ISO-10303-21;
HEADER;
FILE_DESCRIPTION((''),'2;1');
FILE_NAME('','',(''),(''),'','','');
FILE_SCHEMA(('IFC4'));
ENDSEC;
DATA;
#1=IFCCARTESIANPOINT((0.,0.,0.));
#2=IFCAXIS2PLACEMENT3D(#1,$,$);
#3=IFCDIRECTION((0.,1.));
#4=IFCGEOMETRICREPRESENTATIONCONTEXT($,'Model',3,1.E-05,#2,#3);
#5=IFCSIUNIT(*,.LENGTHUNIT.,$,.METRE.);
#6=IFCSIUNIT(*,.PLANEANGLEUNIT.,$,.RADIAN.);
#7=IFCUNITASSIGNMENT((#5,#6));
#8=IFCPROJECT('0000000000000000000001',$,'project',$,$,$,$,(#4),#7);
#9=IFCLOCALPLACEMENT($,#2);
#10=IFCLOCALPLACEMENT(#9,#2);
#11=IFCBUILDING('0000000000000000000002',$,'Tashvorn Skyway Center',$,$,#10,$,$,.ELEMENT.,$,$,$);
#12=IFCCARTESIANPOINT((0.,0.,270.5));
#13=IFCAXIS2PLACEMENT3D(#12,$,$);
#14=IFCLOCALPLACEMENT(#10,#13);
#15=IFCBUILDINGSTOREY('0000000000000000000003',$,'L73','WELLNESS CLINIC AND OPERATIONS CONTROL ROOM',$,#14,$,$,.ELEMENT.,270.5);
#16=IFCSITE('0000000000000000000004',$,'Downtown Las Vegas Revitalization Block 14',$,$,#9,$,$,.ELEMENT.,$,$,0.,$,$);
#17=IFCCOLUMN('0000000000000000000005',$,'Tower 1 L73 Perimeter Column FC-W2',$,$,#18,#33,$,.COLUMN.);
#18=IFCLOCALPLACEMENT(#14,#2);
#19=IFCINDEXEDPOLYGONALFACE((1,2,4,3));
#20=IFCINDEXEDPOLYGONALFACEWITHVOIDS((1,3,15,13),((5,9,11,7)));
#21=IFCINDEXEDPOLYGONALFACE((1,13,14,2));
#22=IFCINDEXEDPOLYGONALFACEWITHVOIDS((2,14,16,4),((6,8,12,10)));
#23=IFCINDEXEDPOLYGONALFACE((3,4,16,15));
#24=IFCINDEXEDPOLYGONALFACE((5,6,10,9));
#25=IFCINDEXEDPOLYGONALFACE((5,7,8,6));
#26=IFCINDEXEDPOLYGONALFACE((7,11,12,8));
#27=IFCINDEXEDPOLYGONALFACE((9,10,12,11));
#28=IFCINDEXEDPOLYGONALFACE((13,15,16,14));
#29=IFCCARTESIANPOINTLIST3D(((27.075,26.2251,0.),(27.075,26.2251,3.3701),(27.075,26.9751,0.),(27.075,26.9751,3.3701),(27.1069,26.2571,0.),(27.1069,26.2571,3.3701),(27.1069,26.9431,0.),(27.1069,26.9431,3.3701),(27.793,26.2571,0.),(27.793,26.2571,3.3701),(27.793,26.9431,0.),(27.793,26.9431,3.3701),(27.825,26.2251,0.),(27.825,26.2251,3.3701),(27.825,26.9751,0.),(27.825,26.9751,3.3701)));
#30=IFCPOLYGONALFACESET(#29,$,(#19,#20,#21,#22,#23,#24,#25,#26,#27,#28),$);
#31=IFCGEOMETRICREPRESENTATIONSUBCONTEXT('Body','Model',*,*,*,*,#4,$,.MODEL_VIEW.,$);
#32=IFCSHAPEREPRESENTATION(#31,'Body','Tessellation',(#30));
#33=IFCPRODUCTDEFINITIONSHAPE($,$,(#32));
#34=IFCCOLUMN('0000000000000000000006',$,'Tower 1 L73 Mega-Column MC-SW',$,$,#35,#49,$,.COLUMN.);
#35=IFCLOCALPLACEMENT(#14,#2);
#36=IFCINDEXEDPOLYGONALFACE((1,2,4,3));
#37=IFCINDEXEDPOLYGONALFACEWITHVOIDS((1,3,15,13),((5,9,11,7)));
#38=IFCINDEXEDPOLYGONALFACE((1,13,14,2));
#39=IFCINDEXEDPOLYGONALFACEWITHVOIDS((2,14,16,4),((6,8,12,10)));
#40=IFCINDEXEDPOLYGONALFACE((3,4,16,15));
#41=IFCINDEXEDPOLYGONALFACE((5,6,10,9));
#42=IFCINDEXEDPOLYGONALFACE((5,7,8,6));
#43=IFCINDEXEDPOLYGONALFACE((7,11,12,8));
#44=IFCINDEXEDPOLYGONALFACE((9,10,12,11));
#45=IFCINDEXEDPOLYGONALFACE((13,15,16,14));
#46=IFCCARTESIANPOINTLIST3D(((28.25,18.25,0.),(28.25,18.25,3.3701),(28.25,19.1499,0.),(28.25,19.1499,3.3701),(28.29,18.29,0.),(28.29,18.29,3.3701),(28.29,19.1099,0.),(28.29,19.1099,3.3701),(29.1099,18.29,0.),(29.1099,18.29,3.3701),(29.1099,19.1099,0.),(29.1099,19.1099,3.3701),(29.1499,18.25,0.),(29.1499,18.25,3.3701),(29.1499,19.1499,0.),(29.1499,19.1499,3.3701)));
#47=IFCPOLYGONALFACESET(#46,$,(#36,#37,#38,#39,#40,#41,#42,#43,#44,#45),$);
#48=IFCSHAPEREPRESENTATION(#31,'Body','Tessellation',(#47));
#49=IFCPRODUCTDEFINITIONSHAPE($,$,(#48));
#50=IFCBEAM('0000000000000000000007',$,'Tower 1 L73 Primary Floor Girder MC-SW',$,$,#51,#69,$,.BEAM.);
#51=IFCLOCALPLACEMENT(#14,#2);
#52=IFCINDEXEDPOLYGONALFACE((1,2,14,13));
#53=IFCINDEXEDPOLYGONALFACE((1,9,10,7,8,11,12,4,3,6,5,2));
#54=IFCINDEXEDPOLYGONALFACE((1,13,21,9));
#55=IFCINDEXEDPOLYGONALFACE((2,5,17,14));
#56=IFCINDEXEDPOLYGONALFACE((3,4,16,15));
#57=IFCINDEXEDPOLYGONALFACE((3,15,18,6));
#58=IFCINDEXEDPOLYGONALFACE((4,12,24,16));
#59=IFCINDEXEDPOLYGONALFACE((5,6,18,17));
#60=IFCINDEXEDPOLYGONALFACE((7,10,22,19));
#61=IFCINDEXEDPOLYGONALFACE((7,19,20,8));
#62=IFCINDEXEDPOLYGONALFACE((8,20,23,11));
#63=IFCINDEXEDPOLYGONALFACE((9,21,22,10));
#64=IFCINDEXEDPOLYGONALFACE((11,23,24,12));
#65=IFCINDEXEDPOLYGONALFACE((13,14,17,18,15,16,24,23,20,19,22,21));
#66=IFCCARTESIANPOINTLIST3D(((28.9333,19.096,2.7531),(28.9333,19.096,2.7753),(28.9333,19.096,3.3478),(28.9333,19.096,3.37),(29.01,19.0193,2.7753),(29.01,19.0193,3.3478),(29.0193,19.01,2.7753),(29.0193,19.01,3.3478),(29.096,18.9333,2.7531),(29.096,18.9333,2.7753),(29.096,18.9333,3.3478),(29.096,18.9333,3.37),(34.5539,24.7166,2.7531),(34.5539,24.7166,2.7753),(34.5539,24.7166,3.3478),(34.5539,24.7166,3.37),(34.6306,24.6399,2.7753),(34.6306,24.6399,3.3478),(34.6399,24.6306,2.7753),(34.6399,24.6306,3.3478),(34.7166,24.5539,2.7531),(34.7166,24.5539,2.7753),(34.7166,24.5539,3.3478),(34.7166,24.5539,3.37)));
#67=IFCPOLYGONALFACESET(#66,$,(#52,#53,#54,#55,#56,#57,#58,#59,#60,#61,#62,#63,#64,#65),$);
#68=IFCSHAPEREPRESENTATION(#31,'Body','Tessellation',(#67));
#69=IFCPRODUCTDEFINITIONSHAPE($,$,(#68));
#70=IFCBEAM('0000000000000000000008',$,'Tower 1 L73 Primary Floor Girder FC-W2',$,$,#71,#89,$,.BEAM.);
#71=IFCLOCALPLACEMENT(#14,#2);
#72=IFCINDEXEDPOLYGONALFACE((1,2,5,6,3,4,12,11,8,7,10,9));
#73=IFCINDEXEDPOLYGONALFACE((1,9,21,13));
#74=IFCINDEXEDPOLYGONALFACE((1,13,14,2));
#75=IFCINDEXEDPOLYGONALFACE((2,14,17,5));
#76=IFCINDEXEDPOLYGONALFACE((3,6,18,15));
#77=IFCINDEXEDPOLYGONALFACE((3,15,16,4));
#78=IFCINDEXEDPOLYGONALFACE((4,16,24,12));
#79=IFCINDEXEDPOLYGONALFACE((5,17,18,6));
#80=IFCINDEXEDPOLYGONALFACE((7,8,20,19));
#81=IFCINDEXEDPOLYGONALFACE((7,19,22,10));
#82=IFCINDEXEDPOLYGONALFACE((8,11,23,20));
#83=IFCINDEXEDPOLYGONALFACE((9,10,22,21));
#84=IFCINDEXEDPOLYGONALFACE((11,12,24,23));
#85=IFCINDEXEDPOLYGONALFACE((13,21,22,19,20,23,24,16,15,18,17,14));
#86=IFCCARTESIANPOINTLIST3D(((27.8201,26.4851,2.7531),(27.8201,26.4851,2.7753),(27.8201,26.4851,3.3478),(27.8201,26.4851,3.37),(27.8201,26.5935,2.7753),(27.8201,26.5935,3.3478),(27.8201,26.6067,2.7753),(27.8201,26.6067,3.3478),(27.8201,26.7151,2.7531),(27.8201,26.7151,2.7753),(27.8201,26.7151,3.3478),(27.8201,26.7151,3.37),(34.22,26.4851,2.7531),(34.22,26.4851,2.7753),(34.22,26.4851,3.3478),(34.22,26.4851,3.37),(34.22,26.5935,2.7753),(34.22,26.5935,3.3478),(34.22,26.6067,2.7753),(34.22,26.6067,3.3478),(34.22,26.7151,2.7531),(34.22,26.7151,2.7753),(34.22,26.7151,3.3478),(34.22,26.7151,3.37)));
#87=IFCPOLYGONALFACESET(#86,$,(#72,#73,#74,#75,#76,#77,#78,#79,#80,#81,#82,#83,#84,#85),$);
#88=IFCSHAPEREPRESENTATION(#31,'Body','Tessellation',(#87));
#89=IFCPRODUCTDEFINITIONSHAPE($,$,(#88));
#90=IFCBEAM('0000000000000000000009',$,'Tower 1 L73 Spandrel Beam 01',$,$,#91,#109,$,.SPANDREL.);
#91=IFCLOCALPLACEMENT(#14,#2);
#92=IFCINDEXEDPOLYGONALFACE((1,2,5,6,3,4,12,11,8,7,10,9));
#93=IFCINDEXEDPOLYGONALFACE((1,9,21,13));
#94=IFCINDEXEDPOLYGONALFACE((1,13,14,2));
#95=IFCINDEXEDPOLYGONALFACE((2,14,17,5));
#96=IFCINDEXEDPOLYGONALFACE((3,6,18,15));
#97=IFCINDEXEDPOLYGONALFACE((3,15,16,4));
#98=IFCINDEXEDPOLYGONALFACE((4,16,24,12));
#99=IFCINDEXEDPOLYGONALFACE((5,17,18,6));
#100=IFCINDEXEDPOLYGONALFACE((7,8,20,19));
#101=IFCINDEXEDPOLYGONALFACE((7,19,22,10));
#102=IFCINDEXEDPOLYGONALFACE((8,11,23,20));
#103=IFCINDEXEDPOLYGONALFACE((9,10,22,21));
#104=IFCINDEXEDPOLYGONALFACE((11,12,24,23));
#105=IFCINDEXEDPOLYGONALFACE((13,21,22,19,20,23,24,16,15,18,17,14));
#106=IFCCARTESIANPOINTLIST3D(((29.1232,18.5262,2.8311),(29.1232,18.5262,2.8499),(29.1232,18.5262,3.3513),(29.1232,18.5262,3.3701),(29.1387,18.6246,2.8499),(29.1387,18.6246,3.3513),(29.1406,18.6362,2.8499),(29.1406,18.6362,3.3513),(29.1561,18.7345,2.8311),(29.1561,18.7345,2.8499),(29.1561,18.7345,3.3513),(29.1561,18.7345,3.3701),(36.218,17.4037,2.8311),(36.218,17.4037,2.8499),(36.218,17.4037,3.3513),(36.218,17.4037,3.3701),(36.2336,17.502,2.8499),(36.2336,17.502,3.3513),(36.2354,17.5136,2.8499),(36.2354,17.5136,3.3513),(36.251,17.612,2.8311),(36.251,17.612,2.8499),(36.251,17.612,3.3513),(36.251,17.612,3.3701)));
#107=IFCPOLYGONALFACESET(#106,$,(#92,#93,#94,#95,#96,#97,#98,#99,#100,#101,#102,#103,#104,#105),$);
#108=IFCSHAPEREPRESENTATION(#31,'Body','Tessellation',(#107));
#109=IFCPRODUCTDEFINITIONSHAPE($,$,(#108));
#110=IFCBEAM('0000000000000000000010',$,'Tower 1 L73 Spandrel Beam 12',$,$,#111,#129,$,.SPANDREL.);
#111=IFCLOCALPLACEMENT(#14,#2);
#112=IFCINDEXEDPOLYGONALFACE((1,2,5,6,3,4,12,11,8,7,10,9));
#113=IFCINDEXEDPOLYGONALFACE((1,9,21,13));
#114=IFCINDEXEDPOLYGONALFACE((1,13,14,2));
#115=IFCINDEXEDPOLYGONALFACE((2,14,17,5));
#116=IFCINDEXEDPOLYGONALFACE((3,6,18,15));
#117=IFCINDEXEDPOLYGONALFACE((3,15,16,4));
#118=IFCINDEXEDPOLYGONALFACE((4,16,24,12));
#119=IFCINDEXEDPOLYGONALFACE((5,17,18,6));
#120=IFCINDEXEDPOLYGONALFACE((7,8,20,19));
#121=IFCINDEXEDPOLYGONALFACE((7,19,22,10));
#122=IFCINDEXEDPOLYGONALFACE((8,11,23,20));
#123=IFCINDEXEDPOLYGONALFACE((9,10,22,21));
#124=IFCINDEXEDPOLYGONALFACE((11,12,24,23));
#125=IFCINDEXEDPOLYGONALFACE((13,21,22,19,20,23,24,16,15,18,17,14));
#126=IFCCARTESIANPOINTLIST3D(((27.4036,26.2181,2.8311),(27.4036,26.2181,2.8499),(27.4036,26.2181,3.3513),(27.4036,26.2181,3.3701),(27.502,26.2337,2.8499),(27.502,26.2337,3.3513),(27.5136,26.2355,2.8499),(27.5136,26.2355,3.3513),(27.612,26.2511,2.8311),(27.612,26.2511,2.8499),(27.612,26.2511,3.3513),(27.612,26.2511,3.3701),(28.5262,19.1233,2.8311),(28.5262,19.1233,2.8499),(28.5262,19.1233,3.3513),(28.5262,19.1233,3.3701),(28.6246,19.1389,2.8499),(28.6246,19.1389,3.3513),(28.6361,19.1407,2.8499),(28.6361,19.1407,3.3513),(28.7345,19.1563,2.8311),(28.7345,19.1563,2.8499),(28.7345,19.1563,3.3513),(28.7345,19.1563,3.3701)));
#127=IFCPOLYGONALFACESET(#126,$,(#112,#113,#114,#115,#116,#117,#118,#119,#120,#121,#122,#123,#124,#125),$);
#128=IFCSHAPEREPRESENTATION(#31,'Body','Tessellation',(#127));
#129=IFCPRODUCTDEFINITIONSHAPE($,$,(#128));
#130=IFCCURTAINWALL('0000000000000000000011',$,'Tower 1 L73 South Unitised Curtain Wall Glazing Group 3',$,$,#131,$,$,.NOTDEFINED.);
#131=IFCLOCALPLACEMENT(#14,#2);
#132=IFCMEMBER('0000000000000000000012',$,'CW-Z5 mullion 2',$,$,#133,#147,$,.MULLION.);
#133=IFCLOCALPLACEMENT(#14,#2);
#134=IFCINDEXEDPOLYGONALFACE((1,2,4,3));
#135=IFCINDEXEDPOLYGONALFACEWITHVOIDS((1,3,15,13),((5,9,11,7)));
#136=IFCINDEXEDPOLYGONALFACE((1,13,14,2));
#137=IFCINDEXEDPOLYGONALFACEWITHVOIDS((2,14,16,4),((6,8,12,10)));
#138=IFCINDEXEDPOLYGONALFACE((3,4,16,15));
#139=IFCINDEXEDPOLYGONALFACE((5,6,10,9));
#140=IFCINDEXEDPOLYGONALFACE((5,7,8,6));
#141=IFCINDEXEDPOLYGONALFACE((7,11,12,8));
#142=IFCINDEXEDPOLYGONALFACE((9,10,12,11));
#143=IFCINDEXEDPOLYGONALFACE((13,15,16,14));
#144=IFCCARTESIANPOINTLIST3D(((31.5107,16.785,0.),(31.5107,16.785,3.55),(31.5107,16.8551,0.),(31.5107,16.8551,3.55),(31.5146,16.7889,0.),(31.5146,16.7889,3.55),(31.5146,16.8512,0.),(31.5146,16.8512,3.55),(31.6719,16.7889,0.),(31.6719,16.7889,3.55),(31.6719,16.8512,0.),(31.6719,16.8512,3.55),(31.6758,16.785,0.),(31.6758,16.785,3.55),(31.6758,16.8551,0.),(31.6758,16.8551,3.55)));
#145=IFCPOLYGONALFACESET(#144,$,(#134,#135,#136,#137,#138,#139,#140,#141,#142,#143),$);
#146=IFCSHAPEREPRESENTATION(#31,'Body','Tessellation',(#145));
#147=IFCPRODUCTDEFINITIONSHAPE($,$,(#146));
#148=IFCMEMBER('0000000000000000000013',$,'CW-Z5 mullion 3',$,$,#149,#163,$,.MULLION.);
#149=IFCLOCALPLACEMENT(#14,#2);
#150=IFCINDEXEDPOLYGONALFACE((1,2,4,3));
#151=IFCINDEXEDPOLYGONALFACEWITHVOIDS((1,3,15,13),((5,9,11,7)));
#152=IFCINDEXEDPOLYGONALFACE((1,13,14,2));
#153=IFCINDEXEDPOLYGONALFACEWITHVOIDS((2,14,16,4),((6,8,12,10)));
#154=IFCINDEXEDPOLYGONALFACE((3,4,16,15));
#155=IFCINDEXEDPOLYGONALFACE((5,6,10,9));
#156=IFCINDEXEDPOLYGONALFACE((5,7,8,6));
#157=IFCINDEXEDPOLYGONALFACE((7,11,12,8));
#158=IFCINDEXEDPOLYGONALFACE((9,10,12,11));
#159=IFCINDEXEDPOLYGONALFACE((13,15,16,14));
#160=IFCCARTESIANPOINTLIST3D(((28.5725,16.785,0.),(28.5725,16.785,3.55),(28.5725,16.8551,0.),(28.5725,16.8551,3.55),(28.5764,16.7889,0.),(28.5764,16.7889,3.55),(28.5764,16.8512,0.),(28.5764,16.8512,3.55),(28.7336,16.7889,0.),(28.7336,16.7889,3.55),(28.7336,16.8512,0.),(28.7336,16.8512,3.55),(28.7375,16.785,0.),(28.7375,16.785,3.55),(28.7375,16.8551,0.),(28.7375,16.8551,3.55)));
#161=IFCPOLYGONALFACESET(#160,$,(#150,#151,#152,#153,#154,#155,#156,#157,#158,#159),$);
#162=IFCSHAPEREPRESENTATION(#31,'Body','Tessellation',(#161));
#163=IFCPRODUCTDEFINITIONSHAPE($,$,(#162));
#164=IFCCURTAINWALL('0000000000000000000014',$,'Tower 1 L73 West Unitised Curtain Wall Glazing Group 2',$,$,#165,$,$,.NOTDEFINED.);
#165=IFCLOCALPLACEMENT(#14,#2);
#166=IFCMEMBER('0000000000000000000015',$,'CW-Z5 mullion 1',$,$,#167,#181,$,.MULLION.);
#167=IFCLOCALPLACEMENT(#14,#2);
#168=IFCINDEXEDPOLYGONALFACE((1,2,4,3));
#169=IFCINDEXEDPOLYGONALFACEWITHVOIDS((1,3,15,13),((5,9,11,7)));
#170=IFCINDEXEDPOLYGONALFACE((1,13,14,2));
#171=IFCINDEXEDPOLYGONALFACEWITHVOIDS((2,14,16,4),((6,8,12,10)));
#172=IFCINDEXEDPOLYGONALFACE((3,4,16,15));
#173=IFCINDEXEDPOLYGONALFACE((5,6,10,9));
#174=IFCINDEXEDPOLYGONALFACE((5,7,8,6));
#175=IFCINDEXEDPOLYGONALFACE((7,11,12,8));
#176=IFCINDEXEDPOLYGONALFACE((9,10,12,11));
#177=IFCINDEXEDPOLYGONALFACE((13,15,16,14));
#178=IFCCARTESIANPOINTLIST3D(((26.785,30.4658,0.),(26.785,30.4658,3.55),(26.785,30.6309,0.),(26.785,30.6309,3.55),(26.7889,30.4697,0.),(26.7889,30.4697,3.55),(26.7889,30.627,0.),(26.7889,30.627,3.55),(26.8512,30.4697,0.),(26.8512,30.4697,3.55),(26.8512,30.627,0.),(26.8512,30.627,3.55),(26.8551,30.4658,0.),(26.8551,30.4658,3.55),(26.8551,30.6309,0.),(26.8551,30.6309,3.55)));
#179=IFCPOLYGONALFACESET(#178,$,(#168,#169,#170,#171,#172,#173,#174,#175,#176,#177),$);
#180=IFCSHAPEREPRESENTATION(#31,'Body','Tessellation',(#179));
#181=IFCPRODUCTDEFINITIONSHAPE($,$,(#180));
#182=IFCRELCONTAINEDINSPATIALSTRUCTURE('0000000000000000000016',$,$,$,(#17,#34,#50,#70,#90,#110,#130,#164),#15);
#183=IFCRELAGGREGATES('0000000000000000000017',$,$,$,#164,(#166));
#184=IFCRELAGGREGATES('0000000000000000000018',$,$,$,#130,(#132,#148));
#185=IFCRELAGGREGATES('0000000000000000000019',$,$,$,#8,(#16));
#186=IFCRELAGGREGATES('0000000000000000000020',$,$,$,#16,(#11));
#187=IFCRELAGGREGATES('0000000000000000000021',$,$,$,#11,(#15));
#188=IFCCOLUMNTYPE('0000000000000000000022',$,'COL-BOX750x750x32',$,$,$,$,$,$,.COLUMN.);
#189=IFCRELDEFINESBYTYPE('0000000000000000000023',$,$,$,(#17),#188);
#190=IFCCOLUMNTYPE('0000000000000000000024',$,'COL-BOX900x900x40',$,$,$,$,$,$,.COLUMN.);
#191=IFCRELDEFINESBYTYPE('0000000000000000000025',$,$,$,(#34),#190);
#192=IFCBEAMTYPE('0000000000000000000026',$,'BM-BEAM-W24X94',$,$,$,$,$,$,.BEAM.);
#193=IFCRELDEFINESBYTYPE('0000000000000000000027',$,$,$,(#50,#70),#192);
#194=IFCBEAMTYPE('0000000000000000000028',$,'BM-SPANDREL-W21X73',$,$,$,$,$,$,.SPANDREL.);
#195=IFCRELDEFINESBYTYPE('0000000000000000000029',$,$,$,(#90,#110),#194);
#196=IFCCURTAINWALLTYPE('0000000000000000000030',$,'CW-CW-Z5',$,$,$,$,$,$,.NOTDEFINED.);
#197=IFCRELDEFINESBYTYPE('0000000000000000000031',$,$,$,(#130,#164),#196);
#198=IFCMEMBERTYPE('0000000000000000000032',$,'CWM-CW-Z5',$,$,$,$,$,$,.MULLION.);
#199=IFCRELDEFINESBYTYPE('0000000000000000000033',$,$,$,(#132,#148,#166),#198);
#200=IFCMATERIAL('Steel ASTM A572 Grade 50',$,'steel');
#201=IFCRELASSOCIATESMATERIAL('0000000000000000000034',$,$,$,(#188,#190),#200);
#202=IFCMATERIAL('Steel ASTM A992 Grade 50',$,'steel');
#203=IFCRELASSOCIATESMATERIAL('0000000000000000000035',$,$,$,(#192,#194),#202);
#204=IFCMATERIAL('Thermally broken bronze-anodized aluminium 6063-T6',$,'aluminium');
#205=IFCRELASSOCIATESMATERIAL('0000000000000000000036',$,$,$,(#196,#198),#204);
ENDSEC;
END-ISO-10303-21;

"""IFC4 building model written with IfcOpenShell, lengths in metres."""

from ifc_helpers import new_model, si_unit, direction, frame, origin, origin_2d, place, context, subcontext, project, spatial, hollow_rectangle, i_section, extrude, material, material_profile, profile_set, type_object, element, aggregate, save


model = new_model("IFC4")

# Units and contexts
model_context = context("Model", 3, precision=1e-05, world=origin(), true_north=direction((0.0, 1.0)))
body_context = subcontext(model_context, "Body", "Model", "MODEL_VIEW")
ifc_project = project(units=[si_unit("LENGTHUNIT", "METRE"), si_unit("PLANEANGLEUNIT", "RADIAN")], contexts=[model_context])

# Site, building, storey
site_placement = place(None, origin())
site = spatial("IfcSite", under=ifc_project, at=site_placement, Name="Downtown Las Vegas Revitalization Block 14", CompositionType="ELEMENT", RefElevation=0.0)
building_placement = place(site_placement, origin())
building = spatial("IfcBuilding", under=site, at=building_placement, Name="Tashvorn Skyway Center", CompositionType="ELEMENT")
storey_placement = place(building_placement, frame((0.0, 0.0, 270.5)))
storey = spatial("IfcBuildingStorey", under=building, at=storey_placement, Name="L73", Description="WELLNESS CLINIC AND OPERATIONS CONTROL ROOM", CompositionType="ELEMENT", Elevation=270.5)

# Columns
ifc_material_1 = material(Name="Steel ASTM A572 Grade 50", Category="steel")
ifc_material_profile_1 = material_profile(ifc_material_1, hollow_rectangle(XDim=0.75, YDim=0.75, WallThickness=0.032, at=origin_2d()), Name="BOX750x750x32")
ifc_profile_set_1 = profile_set([ifc_material_profile_1], Name="Steel ASTM A572 Grade 50")
column_type_1 = type_object("IfcColumnType", Name="COL-BOX750x750x32", PredefinedType="COLUMN", material=ifc_profile_set_1)
column_1_placement = place(storey_placement, frame((27.45, 26.6001, 0.0), z_axis=(0.0, 0.0, 1.0), x_axis=(1.0, 0.0, 0.0)))
element("IfcColumn", 1, at=column_1_placement, inside=storey, type_object=column_type_1, Name="Tower 1 L73 Perimeter Column FC-W2", PredefinedType="COLUMN", context=body_context, shape_type="SweptSolid", body=[
    extrude(hollow_rectangle(XDim=0.75, YDim=0.75, WallThickness=0.032, at=origin_2d()), origin(), (0.0, 0.0, 1.0), 3.3701),
])
ifc_material_profile_2 = material_profile(ifc_material_1, hollow_rectangle(XDim=0.8999, YDim=0.8999, WallThickness=0.04, at=origin_2d()), Name="BOX900x900x40")
ifc_profile_set_2 = profile_set([ifc_material_profile_2], Name="Steel ASTM A572 Grade 50")
column_type_2 = type_object("IfcColumnType", Name="COL-BOX900x900x40", PredefinedType="COLUMN", material=ifc_profile_set_2)
column_2_placement = place(storey_placement, frame((28.7, 18.7, 0.0), z_axis=(0.0, 0.0, 1.0), x_axis=(1.0, 0.0, 0.0)))
element("IfcColumn", 2, at=column_2_placement, inside=storey, type_object=column_type_2, Name="Tower 1 L73 Mega-Column MC-SW", PredefinedType="COLUMN", context=body_context, shape_type="SweptSolid", body=[
    extrude(hollow_rectangle(XDim=0.8999, YDim=0.8999, WallThickness=0.04, at=origin_2d()), origin(), (0.0, 0.0, 1.0), 3.3701),
])

# Beams
ifc_material_2 = material(Name="Steel ASTM A992 Grade 50", Category="steel")
ifc_material_profile_3 = material_profile(ifc_material_2, i_section(OverallWidth=0.23, OverallDepth=0.6169, WebThickness=0.0132, FlangeThickness=0.0222, at=origin_2d()), Name="W24X94")
ifc_profile_set_3 = profile_set([ifc_material_profile_3], Name="Steel ASTM A992 Grade 50")
beam_type_1 = type_object("IfcBeamType", Name="BM-BEAM-W24X94", PredefinedType="BEAM", material=ifc_profile_set_3)
beam_1_placement = place(storey_placement, frame((29.0146, 19.0146, 3.0615), z_axis=(0.707107, 0.707107, 0.0), x_axis=(-0.707107, 0.707107, 0.0)))
element("IfcBeam", 3, at=beam_1_placement, inside=storey, type_object=beam_type_1, Name="Tower 1 L73 Primary Floor Girder MC-SW", PredefinedType="BEAM", context=body_context, shape_type="SweptSolid", body=[
    extrude(i_section(OverallWidth=0.23, OverallDepth=0.6169, WebThickness=0.0132, FlangeThickness=0.0222, at=origin_2d()), origin(), (0.0, 0.0, 1.0), 7.9487),
])
beam_2_placement = place(storey_placement, frame((27.8201, 26.6001, 3.0615), z_axis=(1.0, 0.0, 0.0), x_axis=(0.0, 1.0, 0.0)))
element("IfcBeam", 4, at=beam_2_placement, inside=storey, type_object=beam_type_1, Name="Tower 1 L73 Primary Floor Girder FC-W2", PredefinedType="BEAM", context=body_context, shape_type="SweptSolid", body=[
    extrude(i_section(OverallWidth=0.23, OverallDepth=0.6169, WebThickness=0.0132, FlangeThickness=0.0222, at=origin_2d()), origin(), (0.0, 0.0, 1.0), 6.3999),
])
ifc_material_profile_4 = material_profile(ifc_material_2, i_section(OverallWidth=0.2109, OverallDepth=0.5391, WebThickness=0.0117, FlangeThickness=0.0188, at=origin_2d()), Name="W21X73")
ifc_profile_set_4 = profile_set([ifc_material_profile_4], Name="Steel ASTM A992 Grade 50")
beam_type_2 = type_object("IfcBeamType", Name="BM-SPANDREL-W21X73", PredefinedType="SPANDREL", material=ifc_profile_set_4)
for number, where, z_axis, x_axis, name in (
    (5, (29.1396, 18.6304, 3.1006), (0.987714, -0.156275, 0.0), (0.156275, 0.987714, 0.0), "Tower 1 L73 Spandrel Beam 01"),
    (6, (27.5078, 26.2346, 3.1006), (0.156275, -0.987714, 0.0), (0.987714, 0.156275, 0.0), "Tower 1 L73 Spandrel Beam 12"),
):
    element("IfcBeam", number, at=place(storey_placement, frame(where, z_axis=z_axis, x_axis=x_axis)), inside=storey, type_object=beam_type_2, Name=name, PredefinedType="SPANDREL", context=body_context, shape_type="SweptSolid", body=[
        extrude(i_section(OverallWidth=0.2109, OverallDepth=0.5391, WebThickness=0.0117, FlangeThickness=0.0188, at=origin_2d()), origin(), (0.0, 0.0, 1.0), 7.1831),
    ])

# Curtain wall, members
ifc_material_3 = material(Name="Thermally broken bronze-anodized aluminium 6063-T6", Category="aluminium")
curtain_wall_type = type_object("IfcCurtainWallType", Name="CW-CW-Z5", PredefinedType="NOTDEFINED", material=ifc_material_3)
curtain_wall_1_placement = place(storey_placement, origin())
curtain_wall_1 = element("IfcCurtainWall", 7, at=curtain_wall_1_placement, inside=storey, type_object=curtain_wall_type, Name="Tower 1 L73 South Unitised Curtain Wall Glazing Group 3", PredefinedType="NOTDEFINED")
ifc_material_profile_5 = material_profile(ifc_material_3, hollow_rectangle(XDim=0.0701, YDim=0.165, WallThickness=0.0039, at=origin_2d()), Name="ALU-MULL-70x165")
ifc_profile_set_5 = profile_set([ifc_material_profile_5], Name="Thermally broken bronze-anodized aluminium 6063-T6")
member_type_1 = type_object("IfcMemberType", Name="CWM-CW-Z5", PredefinedType="MULLION", material=ifc_profile_set_5)
member_1_placement = place(storey_placement, frame((31.5933, 16.8201, 0.0), z_axis=(0.0, 0.0, 1.0), x_axis=(0.0, -1.0, 0.0)))
member_1 = element("IfcMember", 8, at=member_1_placement, type_object=member_type_1, Name="CW-Z5 mullion 2", PredefinedType="MULLION", context=body_context, shape_type="SweptSolid", body=[
    extrude(hollow_rectangle(XDim=0.0701, YDim=0.165, WallThickness=0.0039, at=origin_2d()), origin(), (0.0, 0.0, 1.0), 3.55),
])
member_2_placement = place(storey_placement, frame((28.655, 16.8201, 0.0), z_axis=(0.0, 0.0, 1.0), x_axis=(0.0, -1.0, 0.0)))
member_2 = element("IfcMember", 9, at=member_2_placement, type_object=member_type_1, Name="CW-Z5 mullion 3", PredefinedType="MULLION", context=body_context, shape_type="SweptSolid", body=[
    extrude(hollow_rectangle(XDim=0.0701, YDim=0.165, WallThickness=0.0039, at=origin_2d()), origin(), (0.0, 0.0, 1.0), 3.55),
])

# Curtain wall, member
curtain_wall_2_placement = place(storey_placement, origin())
curtain_wall_2 = element("IfcCurtainWall", 10, at=curtain_wall_2_placement, inside=storey, type_object=curtain_wall_type, Name="Tower 1 L73 West Unitised Curtain Wall Glazing Group 2", PredefinedType="NOTDEFINED")
member_3_placement = place(storey_placement, frame((26.8201, 30.5483, 0.0), z_axis=(0.0, 0.0, 1.0), x_axis=(-1.0, 0.0, 0.0)))
member_3 = element("IfcMember", 11, at=member_3_placement, type_object=member_type_1, Name="CW-Z5 mullion 1", PredefinedType="MULLION", context=body_context, shape_type="SweptSolid", body=[
    extrude(hollow_rectangle(XDim=0.0701, YDim=0.165, WallThickness=0.0039, at=origin_2d()), origin(), (0.0, 0.0, 1.0), 3.55),
])

aggregate(curtain_wall_2, [member_3])

aggregate(curtain_wall_1, [member_1, member_2])

save(model, "model.ifc")
